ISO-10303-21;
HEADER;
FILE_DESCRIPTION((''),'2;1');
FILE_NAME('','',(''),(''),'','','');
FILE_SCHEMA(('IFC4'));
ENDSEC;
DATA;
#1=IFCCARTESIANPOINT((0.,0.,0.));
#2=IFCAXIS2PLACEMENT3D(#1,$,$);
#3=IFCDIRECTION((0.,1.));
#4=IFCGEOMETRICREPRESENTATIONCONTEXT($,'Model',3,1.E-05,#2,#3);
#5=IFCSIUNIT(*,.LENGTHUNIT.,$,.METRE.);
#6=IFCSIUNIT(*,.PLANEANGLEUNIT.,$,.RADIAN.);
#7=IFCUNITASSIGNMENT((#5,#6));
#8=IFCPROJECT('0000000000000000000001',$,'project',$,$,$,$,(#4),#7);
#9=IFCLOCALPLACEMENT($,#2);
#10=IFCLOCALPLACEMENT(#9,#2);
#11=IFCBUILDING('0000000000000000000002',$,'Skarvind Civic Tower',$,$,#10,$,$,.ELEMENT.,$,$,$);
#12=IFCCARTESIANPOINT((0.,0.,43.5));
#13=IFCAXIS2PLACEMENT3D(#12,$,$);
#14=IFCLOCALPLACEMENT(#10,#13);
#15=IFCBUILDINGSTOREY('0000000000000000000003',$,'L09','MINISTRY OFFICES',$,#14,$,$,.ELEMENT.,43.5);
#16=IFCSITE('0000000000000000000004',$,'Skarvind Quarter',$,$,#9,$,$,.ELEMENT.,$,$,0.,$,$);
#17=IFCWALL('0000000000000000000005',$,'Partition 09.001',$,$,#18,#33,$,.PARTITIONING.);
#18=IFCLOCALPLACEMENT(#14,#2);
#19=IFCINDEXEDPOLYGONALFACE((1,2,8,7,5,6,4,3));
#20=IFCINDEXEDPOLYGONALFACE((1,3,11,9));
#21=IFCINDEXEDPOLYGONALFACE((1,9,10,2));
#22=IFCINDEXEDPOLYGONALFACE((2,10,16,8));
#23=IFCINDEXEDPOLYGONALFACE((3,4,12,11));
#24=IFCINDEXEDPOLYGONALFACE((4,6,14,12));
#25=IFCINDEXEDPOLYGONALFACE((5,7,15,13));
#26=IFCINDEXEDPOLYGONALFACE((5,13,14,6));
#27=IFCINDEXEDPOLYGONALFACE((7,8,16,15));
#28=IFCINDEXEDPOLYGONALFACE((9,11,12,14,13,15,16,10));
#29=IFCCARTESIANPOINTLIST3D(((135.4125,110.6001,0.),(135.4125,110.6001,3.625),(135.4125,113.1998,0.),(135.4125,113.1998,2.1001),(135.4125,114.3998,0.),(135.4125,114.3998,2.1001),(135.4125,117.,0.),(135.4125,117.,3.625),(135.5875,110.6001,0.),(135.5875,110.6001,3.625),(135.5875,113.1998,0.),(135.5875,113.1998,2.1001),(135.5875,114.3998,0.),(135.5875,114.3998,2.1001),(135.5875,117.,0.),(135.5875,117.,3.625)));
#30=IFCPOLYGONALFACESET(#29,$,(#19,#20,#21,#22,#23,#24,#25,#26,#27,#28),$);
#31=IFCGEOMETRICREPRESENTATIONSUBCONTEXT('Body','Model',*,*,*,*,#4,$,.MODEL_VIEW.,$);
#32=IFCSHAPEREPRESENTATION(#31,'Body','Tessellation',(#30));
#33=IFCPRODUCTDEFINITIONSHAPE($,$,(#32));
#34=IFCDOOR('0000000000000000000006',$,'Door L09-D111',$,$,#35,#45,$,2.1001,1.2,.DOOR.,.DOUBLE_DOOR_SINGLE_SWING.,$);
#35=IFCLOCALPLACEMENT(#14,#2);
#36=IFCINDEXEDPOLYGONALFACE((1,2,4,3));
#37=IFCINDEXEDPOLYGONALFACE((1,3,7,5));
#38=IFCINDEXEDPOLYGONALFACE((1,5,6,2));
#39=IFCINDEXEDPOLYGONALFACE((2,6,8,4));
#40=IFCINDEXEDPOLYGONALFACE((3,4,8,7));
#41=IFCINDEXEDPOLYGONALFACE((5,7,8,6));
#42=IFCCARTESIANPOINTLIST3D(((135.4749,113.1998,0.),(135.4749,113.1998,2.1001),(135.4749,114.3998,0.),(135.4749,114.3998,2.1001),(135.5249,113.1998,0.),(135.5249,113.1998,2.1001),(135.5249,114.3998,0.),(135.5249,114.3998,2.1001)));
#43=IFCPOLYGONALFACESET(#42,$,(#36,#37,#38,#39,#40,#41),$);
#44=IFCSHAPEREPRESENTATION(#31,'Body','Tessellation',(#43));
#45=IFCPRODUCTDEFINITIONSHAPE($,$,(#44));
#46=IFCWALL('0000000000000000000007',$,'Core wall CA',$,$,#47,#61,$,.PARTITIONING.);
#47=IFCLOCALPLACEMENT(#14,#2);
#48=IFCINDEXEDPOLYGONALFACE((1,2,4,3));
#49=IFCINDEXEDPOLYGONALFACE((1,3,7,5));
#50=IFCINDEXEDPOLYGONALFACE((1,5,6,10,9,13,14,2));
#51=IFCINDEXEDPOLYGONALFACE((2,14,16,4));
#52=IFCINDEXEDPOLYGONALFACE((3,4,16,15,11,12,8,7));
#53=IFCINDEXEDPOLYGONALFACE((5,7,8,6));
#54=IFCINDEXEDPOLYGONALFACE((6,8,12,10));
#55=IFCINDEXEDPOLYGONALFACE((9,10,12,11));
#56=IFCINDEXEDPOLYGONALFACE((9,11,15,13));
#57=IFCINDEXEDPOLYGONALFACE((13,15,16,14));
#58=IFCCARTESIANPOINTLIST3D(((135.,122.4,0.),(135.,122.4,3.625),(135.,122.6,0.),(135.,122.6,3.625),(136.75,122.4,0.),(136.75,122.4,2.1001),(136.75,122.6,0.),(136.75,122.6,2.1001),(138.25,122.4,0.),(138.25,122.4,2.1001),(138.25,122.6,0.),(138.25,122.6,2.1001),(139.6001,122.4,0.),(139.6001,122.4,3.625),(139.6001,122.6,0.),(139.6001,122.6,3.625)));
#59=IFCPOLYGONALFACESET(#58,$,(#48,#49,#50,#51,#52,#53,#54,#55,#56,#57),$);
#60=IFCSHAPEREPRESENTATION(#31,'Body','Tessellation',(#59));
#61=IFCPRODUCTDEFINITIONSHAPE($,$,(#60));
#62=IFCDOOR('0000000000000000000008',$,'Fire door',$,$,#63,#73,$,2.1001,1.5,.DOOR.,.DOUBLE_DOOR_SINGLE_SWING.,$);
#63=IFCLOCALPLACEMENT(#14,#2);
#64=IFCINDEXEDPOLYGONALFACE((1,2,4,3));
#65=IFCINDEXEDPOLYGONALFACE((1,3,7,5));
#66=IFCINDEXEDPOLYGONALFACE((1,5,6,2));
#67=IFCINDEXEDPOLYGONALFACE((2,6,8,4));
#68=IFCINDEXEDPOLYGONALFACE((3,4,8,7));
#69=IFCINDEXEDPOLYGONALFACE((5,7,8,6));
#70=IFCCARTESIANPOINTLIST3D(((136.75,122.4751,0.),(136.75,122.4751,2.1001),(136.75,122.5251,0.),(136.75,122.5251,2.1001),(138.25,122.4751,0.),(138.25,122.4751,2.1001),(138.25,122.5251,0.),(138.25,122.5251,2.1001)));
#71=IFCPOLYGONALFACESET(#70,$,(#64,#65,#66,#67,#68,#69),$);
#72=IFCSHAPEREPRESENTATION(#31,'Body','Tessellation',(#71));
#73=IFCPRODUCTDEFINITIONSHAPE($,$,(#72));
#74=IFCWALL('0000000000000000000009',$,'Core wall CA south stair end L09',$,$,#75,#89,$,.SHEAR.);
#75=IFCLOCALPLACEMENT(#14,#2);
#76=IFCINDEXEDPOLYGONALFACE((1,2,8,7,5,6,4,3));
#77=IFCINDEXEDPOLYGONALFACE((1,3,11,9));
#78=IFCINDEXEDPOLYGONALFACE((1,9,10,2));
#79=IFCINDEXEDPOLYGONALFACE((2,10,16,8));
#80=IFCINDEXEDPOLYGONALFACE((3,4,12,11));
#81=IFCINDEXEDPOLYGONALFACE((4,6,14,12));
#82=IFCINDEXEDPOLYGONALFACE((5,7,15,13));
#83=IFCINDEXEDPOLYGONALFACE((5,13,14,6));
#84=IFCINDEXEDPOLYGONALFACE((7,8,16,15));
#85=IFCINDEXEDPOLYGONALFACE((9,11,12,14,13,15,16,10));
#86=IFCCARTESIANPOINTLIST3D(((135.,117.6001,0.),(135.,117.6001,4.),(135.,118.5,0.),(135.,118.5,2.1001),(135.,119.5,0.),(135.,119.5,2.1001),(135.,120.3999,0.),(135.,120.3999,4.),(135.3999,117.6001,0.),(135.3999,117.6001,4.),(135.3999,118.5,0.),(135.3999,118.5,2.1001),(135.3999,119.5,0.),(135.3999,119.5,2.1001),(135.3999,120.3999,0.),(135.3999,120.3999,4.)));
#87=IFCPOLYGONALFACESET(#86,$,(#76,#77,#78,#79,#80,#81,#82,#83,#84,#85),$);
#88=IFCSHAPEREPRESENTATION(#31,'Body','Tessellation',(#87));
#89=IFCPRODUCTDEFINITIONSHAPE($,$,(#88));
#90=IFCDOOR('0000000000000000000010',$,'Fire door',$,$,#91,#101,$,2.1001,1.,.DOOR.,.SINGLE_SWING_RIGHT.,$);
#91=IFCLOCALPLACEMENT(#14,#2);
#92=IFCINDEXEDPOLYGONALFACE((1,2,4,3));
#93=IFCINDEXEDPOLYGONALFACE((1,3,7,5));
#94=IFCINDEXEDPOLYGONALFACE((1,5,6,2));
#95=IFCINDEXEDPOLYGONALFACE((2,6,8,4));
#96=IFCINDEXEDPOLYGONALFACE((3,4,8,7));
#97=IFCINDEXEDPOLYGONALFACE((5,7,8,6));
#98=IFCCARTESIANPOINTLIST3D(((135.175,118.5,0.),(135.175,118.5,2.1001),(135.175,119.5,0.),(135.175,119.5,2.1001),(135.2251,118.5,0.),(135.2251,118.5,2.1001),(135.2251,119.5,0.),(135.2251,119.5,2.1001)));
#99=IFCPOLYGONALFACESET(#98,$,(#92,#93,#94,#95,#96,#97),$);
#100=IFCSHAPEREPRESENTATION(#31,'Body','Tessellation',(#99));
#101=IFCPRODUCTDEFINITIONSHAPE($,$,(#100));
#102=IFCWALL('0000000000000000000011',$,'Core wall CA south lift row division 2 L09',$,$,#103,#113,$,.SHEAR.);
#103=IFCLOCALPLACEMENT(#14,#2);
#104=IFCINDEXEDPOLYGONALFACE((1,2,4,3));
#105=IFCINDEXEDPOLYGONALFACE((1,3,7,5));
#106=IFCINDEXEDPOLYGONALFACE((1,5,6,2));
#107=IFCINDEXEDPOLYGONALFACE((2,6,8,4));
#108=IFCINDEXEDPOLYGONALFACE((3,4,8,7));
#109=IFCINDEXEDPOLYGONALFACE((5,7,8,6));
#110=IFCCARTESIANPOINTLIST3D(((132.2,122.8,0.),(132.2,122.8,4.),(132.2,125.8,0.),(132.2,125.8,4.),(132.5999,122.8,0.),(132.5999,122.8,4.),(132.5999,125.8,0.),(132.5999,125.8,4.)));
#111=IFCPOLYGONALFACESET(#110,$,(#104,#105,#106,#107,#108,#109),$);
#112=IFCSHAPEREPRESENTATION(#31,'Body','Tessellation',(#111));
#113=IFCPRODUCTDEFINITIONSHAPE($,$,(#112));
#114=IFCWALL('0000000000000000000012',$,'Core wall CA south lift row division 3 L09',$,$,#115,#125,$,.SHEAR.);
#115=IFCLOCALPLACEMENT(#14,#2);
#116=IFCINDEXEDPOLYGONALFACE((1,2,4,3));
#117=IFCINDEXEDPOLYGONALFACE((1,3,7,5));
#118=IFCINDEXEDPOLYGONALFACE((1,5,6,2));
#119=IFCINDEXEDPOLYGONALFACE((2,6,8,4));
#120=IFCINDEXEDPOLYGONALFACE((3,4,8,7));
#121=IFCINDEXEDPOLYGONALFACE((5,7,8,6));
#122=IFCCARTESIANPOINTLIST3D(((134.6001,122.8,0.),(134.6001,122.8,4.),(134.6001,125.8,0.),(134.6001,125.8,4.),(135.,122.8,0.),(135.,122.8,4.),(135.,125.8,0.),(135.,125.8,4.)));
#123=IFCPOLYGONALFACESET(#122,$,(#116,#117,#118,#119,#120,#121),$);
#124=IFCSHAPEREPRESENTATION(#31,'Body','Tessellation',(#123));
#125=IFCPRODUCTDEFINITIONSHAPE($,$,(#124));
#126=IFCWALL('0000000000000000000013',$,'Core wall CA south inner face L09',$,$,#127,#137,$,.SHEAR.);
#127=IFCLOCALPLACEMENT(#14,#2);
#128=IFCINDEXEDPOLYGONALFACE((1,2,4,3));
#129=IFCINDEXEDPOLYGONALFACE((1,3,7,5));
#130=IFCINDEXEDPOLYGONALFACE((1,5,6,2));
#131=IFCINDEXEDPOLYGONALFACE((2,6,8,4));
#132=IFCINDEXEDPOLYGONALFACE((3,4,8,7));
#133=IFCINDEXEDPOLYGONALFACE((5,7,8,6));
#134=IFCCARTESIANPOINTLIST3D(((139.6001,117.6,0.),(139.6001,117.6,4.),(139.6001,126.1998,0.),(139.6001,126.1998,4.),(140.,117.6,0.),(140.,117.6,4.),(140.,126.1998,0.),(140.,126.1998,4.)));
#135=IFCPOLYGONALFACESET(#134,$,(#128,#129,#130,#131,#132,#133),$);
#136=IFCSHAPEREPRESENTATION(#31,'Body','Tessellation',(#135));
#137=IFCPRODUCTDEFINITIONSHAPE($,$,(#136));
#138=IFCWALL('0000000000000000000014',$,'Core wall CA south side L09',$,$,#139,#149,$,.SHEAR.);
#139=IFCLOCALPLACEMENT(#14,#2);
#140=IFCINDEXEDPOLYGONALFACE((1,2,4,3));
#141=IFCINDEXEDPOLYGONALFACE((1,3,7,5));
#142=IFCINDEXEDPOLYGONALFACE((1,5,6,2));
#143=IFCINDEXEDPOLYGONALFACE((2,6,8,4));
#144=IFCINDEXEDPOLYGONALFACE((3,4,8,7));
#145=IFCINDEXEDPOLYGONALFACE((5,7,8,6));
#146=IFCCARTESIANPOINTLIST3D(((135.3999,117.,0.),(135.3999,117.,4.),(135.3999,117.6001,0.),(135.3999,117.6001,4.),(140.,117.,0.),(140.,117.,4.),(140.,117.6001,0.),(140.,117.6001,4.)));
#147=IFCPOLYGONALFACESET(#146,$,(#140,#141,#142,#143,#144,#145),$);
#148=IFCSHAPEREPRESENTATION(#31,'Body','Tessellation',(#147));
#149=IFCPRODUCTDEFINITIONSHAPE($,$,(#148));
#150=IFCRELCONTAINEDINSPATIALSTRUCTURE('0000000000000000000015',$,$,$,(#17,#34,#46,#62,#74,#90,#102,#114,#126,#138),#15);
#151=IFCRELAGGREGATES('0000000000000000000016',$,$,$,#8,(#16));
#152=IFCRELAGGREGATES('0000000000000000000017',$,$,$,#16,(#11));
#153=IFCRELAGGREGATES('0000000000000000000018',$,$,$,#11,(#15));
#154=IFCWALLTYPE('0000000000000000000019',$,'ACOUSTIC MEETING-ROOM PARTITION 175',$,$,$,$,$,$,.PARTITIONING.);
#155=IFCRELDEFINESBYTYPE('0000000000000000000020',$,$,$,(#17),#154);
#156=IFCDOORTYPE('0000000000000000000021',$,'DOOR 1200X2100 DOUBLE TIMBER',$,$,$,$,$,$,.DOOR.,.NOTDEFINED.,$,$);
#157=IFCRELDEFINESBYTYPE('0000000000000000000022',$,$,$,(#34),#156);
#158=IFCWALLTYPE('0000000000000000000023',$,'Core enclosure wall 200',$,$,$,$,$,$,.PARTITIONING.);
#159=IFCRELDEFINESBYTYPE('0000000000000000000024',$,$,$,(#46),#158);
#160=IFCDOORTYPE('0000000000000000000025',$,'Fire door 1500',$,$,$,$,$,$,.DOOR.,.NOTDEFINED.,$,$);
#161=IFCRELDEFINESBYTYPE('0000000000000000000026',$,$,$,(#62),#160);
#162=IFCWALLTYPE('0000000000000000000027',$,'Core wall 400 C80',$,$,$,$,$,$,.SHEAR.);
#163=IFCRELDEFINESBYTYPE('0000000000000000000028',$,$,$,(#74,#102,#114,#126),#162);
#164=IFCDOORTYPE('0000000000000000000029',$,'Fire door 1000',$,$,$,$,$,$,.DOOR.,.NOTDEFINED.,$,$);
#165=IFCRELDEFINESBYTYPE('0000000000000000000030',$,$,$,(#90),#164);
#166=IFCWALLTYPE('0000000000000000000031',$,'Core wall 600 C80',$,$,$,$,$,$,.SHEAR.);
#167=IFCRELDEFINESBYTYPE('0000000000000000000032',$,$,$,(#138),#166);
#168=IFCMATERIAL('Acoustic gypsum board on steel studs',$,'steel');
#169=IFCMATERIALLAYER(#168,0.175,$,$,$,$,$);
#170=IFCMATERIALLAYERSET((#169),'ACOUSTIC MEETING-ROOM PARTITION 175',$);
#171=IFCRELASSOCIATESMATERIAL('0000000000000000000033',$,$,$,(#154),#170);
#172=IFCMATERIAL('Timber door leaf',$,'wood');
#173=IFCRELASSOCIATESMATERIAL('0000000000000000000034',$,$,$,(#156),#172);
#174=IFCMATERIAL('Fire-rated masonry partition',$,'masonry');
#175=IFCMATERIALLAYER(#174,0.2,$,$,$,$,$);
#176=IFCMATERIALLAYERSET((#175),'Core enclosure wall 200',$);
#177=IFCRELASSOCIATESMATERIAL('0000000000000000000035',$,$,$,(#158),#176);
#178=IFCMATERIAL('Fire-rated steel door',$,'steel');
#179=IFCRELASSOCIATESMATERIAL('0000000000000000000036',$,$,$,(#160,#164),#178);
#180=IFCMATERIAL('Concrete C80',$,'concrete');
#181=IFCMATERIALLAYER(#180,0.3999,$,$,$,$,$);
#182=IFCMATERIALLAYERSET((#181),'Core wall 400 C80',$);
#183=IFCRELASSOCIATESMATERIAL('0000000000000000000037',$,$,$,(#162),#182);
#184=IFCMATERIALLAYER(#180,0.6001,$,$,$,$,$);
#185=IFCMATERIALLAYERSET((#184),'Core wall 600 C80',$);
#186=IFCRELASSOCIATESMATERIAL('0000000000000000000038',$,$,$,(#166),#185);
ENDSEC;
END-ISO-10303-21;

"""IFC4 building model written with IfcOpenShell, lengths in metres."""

from ifc_helpers import new_model, si_unit, direction, frame, frame_2d, origin, place, context, subcontext, project, spatial, rectangle, extrude, material, layer, layer_set, type_object, element, fill, save


model = new_model("IFC4")

# Units and contexts
model_context = context("Model", 3, precision=1e-05, world=origin(), true_north=direction((0.0, 1.0)))
body_context = subcontext(model_context, "Body", "Model", "MODEL_VIEW")
ifc_project = project(units=[si_unit("LENGTHUNIT", "METRE"), si_unit("PLANEANGLEUNIT", "RADIAN")], contexts=[model_context])

# Site, building, storey
site_placement = place(None, origin())
site = spatial("IfcSite", under=ifc_project, at=site_placement, Name="Skarvind Quarter", CompositionType="ELEMENT", RefElevation=0.0)
building_placement = place(site_placement, origin())
building = spatial("IfcBuilding", under=site, at=building_placement, Name="Skarvind Civic Tower", CompositionType="ELEMENT")
storey_placement = place(building_placement, frame((0.0, 0.0, 43.5)))
storey = spatial("IfcBuildingStorey", under=building, at=storey_placement, Name="L09", Description="MINISTRY OFFICES", CompositionType="ELEMENT", Elevation=43.5)

# Walls, openings, doors
ifc_material_1 = material(Name="Acoustic gypsum board on steel studs", Category="steel")
ifc_layer_1 = layer(ifc_material_1, 0.175)
ifc_layer_set_1 = layer_set([ifc_layer_1], Name="ACOUSTIC MEETING-ROOM PARTITION 175")
wall_type_1 = type_object("IfcWallType", Name="ACOUSTIC MEETING-ROOM PARTITION 175", PredefinedType="PARTITIONING", material=ifc_layer_set_1)
wall_1_placement = place(storey_placement, frame((135.5, 117.0, 0.0), z_axis=(0.0, 0.0, 1.0), x_axis=(0.0, -1.0, 0.0)))
wall_1 = element("IfcWall", 1, at=wall_1_placement, inside=storey, type_object=wall_type_1, Name="Partition 09.001", PredefinedType="PARTITIONING", context=body_context, shape_type="SweptSolid", body=[
    extrude(rectangle(XDim=6.3999, YDim=0.175, at=frame_2d((3.2, 0.0))), origin(), (0.0, 0.0, 1.0), 3.625),
])
opening_1_placement = place(wall_1_placement, frame((2.6001, 0.0, 0.0)))
opening_1 = element("IfcOpeningElement", 2, at=opening_1_placement, cuts=wall_1, PredefinedType="OPENING", context=body_context, shape_type="SweptSolid", body=[
    extrude(rectangle(XDim=1.2, YDim=2.1001, at=frame_2d((0.6001, 1.05))), frame((0.0, 0.0974, 0.0), z_axis=(0.0, -1.0, 0.0), x_axis=(1.0, 0.0, 0.0)), (0.0, 0.0, 1.0), 0.1951),
])
ifc_material_2 = material(Name="Timber door leaf", Category="wood")
door_type_1 = type_object("IfcDoorType", Name="DOOR 1200X2100 DOUBLE TIMBER", OperationType="NOTDEFINED", PredefinedType="DOOR", material=ifc_material_2)
door_1_placement = place(opening_1_placement, origin())
door_1 = element("IfcDoor", 3, at=door_1_placement, inside=storey, type_object=door_type_1, Name="Door L09-D111", OperationType="DOUBLE_DOOR_SINGLE_SWING", OverallHeight=2.1001, OverallWidth=1.2, PredefinedType="DOOR", context=body_context, shape_type="SweptSolid", body=[
    extrude(rectangle(XDim=1.2, YDim=2.1001, at=frame_2d((0.6001, 1.05))), frame((0.0, 0.0249, 0.0), z_axis=(0.0, -1.0, 0.0), x_axis=(1.0, 0.0, 0.0)), (0.0, 0.0, 1.0), 0.05),
])
fill(opening_1, door_1)
ifc_material_3 = material(Name="Fire-rated masonry partition", Category="masonry")
ifc_layer_2 = layer(ifc_material_3, 0.2)
ifc_layer_set_2 = layer_set([ifc_layer_2], Name="Core enclosure wall 200")
wall_type_2 = type_object("IfcWallType", Name="Core enclosure wall 200", PredefinedType="PARTITIONING", material=ifc_layer_set_2)
wall_2_placement = place(storey_placement, frame((139.6001, 122.5, 0.0), z_axis=(0.0, 0.0, 1.0), x_axis=(-1.0, 0.0, 0.0)))
wall_2 = element("IfcWall", 4, at=wall_2_placement, inside=storey, type_object=wall_type_2, Name="Core wall CA", PredefinedType="PARTITIONING", context=body_context, shape_type="SweptSolid", body=[
    extrude(rectangle(XDim=4.6001, YDim=0.2, at=frame_2d((2.3, 0.0))), origin(), (0.0, 0.0, 1.0), 3.625),
])
opening_2_placement = place(wall_2_placement, frame((1.3501, 0.0, 0.0)))
opening_2 = element("IfcOpeningElement", 5, at=opening_2_placement, cuts=wall_2, PredefinedType="OPENING", context=body_context, shape_type="SweptSolid", body=[
    extrude(rectangle(XDim=1.5, YDim=2.1001, at=frame_2d((0.75, 1.05))), frame((0.0, 0.1099, 0.0), z_axis=(0.0, -1.0, 0.0), x_axis=(1.0, 0.0, 0.0)), (0.0, 0.0, 1.0), 0.22),
])
ifc_material_4 = material(Name="Fire-rated steel door", Category="steel")
door_type_2 = type_object("IfcDoorType", Name="Fire door 1500", OperationType="NOTDEFINED", PredefinedType="DOOR", material=ifc_material_4)
door_2_placement = place(opening_2_placement, origin())
door_2 = element("IfcDoor", 6, at=door_2_placement, inside=storey, type_object=door_type_2, Name="Fire door", OperationType="DOUBLE_DOOR_SINGLE_SWING", OverallHeight=2.1001, OverallWidth=1.5, PredefinedType="DOOR", context=body_context, shape_type="SweptSolid", body=[
    extrude(rectangle(XDim=1.5, YDim=2.1001, at=frame_2d((0.75, 1.05))), frame((0.0, 0.0249, 0.0), z_axis=(0.0, -1.0, 0.0), x_axis=(1.0, 0.0, 0.0)), (0.0, 0.0, 1.0), 0.05),
])
fill(opening_2, door_2)
ifc_material_5 = material(Name="Concrete C80", Category="concrete")
ifc_layer_3 = layer(ifc_material_5, 0.3999)
ifc_layer_set_3 = layer_set([ifc_layer_3], Name="Core wall 400 C80")
wall_type_3 = type_object("IfcWallType", Name="Core wall 400 C80", PredefinedType="SHEAR", material=ifc_layer_set_3)
wall_3_placement = place(storey_placement, frame((135.2, 117.6001, 0.0), z_axis=(0.0, 0.0, 1.0), x_axis=(0.0, 1.0, 0.0)))
wall_3 = element("IfcWall", 7, at=wall_3_placement, inside=storey, type_object=wall_type_3, Name="Core wall CA south stair end L09", PredefinedType="SHEAR", context=body_context, shape_type="SweptSolid", body=[
    extrude(rectangle(XDim=2.7998, YDim=0.3999, at=frame_2d((1.3999, 0.0))), origin(), (0.0, 0.0, 1.0), 4.0),
])
opening_3_placement = place(wall_3_placement, frame((0.8999, 0.0, 0.0)))
opening_3 = element("IfcOpeningElement", 8, at=opening_3_placement, cuts=wall_3, PredefinedType="OPENING", context=body_context, shape_type="SweptSolid", body=[
    extrude(rectangle(XDim=1.0, YDim=2.1001, at=frame_2d((0.5, 1.05))), frame((0.0, 0.21, 0.0), z_axis=(0.0, -1.0, 0.0), x_axis=(1.0, 0.0, 0.0)), (0.0, 0.0, 1.0), 0.4199),
])
door_type_3 = type_object("IfcDoorType", Name="Fire door 1000", OperationType="NOTDEFINED", PredefinedType="DOOR", material=ifc_material_4)
door_3_placement = place(opening_3_placement, origin())
door_3 = element("IfcDoor", 9, at=door_3_placement, inside=storey, type_object=door_type_3, Name="Fire door", OperationType="SINGLE_SWING_RIGHT", OverallHeight=2.1001, OverallWidth=1.0, PredefinedType="DOOR", context=body_context, shape_type="SweptSolid", body=[
    extrude(rectangle(XDim=1.0, YDim=2.1001, at=frame_2d((0.5, 1.05))), frame((0.0, 0.0249, 0.0), z_axis=(0.0, -1.0, 0.0), x_axis=(1.0, 0.0, 0.0)), (0.0, 0.0, 1.0), 0.05),
])
fill(opening_3, door_3)

# Walls
for number, where, z_axis, x_axis, name in (
    (10, (132.3999, 122.8, 0.0), (0.0, 0.0, 1.0), (0.0, 1.0, 0.0), "Core wall CA south lift row division 2 L09"),
    (11, (134.8, 122.8, 0.0), (0.0, 0.0, 1.0), (0.0, 1.0, 0.0), "Core wall CA south lift row division 3 L09"),
):
    element("IfcWall", number, at=place(storey_placement, frame(where, z_axis=z_axis, x_axis=x_axis)), inside=storey, type_object=wall_type_3, Name=name, PredefinedType="SHEAR", context=body_context, shape_type="SweptSolid", body=[
        extrude(rectangle(XDim=3.0, YDim=0.3999, at=frame_2d((1.5, 0.0))), origin(), (0.0, 0.0, 1.0), 4.0),
    ])
wall_4_placement = place(storey_placement, frame((139.8, 117.6001, 0.0), z_axis=(0.0, 0.0, 1.0), x_axis=(0.0, 1.0, 0.0)))
element("IfcWall", 12, at=wall_4_placement, inside=storey, type_object=wall_type_3, Name="Core wall CA south inner face L09", PredefinedType="SHEAR", context=body_context, shape_type="SweptSolid", body=[
    extrude(rectangle(XDim=8.5999, YDim=0.3999, at=frame_2d((4.2998, 0.0))), origin(), (0.0, 0.0, 1.0), 4.0),
])
ifc_layer_4 = layer(ifc_material_5, 0.6001)
ifc_layer_set_4 = layer_set([ifc_layer_4], Name="Core wall 600 C80")
wall_type_4 = type_object("IfcWallType", Name="Core wall 600 C80", PredefinedType="SHEAR", material=ifc_layer_set_4)
wall_5_placement = place(storey_placement, frame((135.3999, 117.3, 0.0), z_axis=(0.0, 0.0, 1.0), x_axis=(1.0, 0.0, 0.0)))
element("IfcWall", 13, at=wall_5_placement, inside=storey, type_object=wall_type_4, Name="Core wall CA south side L09", PredefinedType="SHEAR", context=body_context, shape_type="SweptSolid", body=[
    extrude(rectangle(XDim=4.6001, YDim=0.6001, at=frame_2d((2.3, 0.0))), origin(), (0.0, 0.0, 1.0), 4.0),
])

save(model, "model.ifc")
